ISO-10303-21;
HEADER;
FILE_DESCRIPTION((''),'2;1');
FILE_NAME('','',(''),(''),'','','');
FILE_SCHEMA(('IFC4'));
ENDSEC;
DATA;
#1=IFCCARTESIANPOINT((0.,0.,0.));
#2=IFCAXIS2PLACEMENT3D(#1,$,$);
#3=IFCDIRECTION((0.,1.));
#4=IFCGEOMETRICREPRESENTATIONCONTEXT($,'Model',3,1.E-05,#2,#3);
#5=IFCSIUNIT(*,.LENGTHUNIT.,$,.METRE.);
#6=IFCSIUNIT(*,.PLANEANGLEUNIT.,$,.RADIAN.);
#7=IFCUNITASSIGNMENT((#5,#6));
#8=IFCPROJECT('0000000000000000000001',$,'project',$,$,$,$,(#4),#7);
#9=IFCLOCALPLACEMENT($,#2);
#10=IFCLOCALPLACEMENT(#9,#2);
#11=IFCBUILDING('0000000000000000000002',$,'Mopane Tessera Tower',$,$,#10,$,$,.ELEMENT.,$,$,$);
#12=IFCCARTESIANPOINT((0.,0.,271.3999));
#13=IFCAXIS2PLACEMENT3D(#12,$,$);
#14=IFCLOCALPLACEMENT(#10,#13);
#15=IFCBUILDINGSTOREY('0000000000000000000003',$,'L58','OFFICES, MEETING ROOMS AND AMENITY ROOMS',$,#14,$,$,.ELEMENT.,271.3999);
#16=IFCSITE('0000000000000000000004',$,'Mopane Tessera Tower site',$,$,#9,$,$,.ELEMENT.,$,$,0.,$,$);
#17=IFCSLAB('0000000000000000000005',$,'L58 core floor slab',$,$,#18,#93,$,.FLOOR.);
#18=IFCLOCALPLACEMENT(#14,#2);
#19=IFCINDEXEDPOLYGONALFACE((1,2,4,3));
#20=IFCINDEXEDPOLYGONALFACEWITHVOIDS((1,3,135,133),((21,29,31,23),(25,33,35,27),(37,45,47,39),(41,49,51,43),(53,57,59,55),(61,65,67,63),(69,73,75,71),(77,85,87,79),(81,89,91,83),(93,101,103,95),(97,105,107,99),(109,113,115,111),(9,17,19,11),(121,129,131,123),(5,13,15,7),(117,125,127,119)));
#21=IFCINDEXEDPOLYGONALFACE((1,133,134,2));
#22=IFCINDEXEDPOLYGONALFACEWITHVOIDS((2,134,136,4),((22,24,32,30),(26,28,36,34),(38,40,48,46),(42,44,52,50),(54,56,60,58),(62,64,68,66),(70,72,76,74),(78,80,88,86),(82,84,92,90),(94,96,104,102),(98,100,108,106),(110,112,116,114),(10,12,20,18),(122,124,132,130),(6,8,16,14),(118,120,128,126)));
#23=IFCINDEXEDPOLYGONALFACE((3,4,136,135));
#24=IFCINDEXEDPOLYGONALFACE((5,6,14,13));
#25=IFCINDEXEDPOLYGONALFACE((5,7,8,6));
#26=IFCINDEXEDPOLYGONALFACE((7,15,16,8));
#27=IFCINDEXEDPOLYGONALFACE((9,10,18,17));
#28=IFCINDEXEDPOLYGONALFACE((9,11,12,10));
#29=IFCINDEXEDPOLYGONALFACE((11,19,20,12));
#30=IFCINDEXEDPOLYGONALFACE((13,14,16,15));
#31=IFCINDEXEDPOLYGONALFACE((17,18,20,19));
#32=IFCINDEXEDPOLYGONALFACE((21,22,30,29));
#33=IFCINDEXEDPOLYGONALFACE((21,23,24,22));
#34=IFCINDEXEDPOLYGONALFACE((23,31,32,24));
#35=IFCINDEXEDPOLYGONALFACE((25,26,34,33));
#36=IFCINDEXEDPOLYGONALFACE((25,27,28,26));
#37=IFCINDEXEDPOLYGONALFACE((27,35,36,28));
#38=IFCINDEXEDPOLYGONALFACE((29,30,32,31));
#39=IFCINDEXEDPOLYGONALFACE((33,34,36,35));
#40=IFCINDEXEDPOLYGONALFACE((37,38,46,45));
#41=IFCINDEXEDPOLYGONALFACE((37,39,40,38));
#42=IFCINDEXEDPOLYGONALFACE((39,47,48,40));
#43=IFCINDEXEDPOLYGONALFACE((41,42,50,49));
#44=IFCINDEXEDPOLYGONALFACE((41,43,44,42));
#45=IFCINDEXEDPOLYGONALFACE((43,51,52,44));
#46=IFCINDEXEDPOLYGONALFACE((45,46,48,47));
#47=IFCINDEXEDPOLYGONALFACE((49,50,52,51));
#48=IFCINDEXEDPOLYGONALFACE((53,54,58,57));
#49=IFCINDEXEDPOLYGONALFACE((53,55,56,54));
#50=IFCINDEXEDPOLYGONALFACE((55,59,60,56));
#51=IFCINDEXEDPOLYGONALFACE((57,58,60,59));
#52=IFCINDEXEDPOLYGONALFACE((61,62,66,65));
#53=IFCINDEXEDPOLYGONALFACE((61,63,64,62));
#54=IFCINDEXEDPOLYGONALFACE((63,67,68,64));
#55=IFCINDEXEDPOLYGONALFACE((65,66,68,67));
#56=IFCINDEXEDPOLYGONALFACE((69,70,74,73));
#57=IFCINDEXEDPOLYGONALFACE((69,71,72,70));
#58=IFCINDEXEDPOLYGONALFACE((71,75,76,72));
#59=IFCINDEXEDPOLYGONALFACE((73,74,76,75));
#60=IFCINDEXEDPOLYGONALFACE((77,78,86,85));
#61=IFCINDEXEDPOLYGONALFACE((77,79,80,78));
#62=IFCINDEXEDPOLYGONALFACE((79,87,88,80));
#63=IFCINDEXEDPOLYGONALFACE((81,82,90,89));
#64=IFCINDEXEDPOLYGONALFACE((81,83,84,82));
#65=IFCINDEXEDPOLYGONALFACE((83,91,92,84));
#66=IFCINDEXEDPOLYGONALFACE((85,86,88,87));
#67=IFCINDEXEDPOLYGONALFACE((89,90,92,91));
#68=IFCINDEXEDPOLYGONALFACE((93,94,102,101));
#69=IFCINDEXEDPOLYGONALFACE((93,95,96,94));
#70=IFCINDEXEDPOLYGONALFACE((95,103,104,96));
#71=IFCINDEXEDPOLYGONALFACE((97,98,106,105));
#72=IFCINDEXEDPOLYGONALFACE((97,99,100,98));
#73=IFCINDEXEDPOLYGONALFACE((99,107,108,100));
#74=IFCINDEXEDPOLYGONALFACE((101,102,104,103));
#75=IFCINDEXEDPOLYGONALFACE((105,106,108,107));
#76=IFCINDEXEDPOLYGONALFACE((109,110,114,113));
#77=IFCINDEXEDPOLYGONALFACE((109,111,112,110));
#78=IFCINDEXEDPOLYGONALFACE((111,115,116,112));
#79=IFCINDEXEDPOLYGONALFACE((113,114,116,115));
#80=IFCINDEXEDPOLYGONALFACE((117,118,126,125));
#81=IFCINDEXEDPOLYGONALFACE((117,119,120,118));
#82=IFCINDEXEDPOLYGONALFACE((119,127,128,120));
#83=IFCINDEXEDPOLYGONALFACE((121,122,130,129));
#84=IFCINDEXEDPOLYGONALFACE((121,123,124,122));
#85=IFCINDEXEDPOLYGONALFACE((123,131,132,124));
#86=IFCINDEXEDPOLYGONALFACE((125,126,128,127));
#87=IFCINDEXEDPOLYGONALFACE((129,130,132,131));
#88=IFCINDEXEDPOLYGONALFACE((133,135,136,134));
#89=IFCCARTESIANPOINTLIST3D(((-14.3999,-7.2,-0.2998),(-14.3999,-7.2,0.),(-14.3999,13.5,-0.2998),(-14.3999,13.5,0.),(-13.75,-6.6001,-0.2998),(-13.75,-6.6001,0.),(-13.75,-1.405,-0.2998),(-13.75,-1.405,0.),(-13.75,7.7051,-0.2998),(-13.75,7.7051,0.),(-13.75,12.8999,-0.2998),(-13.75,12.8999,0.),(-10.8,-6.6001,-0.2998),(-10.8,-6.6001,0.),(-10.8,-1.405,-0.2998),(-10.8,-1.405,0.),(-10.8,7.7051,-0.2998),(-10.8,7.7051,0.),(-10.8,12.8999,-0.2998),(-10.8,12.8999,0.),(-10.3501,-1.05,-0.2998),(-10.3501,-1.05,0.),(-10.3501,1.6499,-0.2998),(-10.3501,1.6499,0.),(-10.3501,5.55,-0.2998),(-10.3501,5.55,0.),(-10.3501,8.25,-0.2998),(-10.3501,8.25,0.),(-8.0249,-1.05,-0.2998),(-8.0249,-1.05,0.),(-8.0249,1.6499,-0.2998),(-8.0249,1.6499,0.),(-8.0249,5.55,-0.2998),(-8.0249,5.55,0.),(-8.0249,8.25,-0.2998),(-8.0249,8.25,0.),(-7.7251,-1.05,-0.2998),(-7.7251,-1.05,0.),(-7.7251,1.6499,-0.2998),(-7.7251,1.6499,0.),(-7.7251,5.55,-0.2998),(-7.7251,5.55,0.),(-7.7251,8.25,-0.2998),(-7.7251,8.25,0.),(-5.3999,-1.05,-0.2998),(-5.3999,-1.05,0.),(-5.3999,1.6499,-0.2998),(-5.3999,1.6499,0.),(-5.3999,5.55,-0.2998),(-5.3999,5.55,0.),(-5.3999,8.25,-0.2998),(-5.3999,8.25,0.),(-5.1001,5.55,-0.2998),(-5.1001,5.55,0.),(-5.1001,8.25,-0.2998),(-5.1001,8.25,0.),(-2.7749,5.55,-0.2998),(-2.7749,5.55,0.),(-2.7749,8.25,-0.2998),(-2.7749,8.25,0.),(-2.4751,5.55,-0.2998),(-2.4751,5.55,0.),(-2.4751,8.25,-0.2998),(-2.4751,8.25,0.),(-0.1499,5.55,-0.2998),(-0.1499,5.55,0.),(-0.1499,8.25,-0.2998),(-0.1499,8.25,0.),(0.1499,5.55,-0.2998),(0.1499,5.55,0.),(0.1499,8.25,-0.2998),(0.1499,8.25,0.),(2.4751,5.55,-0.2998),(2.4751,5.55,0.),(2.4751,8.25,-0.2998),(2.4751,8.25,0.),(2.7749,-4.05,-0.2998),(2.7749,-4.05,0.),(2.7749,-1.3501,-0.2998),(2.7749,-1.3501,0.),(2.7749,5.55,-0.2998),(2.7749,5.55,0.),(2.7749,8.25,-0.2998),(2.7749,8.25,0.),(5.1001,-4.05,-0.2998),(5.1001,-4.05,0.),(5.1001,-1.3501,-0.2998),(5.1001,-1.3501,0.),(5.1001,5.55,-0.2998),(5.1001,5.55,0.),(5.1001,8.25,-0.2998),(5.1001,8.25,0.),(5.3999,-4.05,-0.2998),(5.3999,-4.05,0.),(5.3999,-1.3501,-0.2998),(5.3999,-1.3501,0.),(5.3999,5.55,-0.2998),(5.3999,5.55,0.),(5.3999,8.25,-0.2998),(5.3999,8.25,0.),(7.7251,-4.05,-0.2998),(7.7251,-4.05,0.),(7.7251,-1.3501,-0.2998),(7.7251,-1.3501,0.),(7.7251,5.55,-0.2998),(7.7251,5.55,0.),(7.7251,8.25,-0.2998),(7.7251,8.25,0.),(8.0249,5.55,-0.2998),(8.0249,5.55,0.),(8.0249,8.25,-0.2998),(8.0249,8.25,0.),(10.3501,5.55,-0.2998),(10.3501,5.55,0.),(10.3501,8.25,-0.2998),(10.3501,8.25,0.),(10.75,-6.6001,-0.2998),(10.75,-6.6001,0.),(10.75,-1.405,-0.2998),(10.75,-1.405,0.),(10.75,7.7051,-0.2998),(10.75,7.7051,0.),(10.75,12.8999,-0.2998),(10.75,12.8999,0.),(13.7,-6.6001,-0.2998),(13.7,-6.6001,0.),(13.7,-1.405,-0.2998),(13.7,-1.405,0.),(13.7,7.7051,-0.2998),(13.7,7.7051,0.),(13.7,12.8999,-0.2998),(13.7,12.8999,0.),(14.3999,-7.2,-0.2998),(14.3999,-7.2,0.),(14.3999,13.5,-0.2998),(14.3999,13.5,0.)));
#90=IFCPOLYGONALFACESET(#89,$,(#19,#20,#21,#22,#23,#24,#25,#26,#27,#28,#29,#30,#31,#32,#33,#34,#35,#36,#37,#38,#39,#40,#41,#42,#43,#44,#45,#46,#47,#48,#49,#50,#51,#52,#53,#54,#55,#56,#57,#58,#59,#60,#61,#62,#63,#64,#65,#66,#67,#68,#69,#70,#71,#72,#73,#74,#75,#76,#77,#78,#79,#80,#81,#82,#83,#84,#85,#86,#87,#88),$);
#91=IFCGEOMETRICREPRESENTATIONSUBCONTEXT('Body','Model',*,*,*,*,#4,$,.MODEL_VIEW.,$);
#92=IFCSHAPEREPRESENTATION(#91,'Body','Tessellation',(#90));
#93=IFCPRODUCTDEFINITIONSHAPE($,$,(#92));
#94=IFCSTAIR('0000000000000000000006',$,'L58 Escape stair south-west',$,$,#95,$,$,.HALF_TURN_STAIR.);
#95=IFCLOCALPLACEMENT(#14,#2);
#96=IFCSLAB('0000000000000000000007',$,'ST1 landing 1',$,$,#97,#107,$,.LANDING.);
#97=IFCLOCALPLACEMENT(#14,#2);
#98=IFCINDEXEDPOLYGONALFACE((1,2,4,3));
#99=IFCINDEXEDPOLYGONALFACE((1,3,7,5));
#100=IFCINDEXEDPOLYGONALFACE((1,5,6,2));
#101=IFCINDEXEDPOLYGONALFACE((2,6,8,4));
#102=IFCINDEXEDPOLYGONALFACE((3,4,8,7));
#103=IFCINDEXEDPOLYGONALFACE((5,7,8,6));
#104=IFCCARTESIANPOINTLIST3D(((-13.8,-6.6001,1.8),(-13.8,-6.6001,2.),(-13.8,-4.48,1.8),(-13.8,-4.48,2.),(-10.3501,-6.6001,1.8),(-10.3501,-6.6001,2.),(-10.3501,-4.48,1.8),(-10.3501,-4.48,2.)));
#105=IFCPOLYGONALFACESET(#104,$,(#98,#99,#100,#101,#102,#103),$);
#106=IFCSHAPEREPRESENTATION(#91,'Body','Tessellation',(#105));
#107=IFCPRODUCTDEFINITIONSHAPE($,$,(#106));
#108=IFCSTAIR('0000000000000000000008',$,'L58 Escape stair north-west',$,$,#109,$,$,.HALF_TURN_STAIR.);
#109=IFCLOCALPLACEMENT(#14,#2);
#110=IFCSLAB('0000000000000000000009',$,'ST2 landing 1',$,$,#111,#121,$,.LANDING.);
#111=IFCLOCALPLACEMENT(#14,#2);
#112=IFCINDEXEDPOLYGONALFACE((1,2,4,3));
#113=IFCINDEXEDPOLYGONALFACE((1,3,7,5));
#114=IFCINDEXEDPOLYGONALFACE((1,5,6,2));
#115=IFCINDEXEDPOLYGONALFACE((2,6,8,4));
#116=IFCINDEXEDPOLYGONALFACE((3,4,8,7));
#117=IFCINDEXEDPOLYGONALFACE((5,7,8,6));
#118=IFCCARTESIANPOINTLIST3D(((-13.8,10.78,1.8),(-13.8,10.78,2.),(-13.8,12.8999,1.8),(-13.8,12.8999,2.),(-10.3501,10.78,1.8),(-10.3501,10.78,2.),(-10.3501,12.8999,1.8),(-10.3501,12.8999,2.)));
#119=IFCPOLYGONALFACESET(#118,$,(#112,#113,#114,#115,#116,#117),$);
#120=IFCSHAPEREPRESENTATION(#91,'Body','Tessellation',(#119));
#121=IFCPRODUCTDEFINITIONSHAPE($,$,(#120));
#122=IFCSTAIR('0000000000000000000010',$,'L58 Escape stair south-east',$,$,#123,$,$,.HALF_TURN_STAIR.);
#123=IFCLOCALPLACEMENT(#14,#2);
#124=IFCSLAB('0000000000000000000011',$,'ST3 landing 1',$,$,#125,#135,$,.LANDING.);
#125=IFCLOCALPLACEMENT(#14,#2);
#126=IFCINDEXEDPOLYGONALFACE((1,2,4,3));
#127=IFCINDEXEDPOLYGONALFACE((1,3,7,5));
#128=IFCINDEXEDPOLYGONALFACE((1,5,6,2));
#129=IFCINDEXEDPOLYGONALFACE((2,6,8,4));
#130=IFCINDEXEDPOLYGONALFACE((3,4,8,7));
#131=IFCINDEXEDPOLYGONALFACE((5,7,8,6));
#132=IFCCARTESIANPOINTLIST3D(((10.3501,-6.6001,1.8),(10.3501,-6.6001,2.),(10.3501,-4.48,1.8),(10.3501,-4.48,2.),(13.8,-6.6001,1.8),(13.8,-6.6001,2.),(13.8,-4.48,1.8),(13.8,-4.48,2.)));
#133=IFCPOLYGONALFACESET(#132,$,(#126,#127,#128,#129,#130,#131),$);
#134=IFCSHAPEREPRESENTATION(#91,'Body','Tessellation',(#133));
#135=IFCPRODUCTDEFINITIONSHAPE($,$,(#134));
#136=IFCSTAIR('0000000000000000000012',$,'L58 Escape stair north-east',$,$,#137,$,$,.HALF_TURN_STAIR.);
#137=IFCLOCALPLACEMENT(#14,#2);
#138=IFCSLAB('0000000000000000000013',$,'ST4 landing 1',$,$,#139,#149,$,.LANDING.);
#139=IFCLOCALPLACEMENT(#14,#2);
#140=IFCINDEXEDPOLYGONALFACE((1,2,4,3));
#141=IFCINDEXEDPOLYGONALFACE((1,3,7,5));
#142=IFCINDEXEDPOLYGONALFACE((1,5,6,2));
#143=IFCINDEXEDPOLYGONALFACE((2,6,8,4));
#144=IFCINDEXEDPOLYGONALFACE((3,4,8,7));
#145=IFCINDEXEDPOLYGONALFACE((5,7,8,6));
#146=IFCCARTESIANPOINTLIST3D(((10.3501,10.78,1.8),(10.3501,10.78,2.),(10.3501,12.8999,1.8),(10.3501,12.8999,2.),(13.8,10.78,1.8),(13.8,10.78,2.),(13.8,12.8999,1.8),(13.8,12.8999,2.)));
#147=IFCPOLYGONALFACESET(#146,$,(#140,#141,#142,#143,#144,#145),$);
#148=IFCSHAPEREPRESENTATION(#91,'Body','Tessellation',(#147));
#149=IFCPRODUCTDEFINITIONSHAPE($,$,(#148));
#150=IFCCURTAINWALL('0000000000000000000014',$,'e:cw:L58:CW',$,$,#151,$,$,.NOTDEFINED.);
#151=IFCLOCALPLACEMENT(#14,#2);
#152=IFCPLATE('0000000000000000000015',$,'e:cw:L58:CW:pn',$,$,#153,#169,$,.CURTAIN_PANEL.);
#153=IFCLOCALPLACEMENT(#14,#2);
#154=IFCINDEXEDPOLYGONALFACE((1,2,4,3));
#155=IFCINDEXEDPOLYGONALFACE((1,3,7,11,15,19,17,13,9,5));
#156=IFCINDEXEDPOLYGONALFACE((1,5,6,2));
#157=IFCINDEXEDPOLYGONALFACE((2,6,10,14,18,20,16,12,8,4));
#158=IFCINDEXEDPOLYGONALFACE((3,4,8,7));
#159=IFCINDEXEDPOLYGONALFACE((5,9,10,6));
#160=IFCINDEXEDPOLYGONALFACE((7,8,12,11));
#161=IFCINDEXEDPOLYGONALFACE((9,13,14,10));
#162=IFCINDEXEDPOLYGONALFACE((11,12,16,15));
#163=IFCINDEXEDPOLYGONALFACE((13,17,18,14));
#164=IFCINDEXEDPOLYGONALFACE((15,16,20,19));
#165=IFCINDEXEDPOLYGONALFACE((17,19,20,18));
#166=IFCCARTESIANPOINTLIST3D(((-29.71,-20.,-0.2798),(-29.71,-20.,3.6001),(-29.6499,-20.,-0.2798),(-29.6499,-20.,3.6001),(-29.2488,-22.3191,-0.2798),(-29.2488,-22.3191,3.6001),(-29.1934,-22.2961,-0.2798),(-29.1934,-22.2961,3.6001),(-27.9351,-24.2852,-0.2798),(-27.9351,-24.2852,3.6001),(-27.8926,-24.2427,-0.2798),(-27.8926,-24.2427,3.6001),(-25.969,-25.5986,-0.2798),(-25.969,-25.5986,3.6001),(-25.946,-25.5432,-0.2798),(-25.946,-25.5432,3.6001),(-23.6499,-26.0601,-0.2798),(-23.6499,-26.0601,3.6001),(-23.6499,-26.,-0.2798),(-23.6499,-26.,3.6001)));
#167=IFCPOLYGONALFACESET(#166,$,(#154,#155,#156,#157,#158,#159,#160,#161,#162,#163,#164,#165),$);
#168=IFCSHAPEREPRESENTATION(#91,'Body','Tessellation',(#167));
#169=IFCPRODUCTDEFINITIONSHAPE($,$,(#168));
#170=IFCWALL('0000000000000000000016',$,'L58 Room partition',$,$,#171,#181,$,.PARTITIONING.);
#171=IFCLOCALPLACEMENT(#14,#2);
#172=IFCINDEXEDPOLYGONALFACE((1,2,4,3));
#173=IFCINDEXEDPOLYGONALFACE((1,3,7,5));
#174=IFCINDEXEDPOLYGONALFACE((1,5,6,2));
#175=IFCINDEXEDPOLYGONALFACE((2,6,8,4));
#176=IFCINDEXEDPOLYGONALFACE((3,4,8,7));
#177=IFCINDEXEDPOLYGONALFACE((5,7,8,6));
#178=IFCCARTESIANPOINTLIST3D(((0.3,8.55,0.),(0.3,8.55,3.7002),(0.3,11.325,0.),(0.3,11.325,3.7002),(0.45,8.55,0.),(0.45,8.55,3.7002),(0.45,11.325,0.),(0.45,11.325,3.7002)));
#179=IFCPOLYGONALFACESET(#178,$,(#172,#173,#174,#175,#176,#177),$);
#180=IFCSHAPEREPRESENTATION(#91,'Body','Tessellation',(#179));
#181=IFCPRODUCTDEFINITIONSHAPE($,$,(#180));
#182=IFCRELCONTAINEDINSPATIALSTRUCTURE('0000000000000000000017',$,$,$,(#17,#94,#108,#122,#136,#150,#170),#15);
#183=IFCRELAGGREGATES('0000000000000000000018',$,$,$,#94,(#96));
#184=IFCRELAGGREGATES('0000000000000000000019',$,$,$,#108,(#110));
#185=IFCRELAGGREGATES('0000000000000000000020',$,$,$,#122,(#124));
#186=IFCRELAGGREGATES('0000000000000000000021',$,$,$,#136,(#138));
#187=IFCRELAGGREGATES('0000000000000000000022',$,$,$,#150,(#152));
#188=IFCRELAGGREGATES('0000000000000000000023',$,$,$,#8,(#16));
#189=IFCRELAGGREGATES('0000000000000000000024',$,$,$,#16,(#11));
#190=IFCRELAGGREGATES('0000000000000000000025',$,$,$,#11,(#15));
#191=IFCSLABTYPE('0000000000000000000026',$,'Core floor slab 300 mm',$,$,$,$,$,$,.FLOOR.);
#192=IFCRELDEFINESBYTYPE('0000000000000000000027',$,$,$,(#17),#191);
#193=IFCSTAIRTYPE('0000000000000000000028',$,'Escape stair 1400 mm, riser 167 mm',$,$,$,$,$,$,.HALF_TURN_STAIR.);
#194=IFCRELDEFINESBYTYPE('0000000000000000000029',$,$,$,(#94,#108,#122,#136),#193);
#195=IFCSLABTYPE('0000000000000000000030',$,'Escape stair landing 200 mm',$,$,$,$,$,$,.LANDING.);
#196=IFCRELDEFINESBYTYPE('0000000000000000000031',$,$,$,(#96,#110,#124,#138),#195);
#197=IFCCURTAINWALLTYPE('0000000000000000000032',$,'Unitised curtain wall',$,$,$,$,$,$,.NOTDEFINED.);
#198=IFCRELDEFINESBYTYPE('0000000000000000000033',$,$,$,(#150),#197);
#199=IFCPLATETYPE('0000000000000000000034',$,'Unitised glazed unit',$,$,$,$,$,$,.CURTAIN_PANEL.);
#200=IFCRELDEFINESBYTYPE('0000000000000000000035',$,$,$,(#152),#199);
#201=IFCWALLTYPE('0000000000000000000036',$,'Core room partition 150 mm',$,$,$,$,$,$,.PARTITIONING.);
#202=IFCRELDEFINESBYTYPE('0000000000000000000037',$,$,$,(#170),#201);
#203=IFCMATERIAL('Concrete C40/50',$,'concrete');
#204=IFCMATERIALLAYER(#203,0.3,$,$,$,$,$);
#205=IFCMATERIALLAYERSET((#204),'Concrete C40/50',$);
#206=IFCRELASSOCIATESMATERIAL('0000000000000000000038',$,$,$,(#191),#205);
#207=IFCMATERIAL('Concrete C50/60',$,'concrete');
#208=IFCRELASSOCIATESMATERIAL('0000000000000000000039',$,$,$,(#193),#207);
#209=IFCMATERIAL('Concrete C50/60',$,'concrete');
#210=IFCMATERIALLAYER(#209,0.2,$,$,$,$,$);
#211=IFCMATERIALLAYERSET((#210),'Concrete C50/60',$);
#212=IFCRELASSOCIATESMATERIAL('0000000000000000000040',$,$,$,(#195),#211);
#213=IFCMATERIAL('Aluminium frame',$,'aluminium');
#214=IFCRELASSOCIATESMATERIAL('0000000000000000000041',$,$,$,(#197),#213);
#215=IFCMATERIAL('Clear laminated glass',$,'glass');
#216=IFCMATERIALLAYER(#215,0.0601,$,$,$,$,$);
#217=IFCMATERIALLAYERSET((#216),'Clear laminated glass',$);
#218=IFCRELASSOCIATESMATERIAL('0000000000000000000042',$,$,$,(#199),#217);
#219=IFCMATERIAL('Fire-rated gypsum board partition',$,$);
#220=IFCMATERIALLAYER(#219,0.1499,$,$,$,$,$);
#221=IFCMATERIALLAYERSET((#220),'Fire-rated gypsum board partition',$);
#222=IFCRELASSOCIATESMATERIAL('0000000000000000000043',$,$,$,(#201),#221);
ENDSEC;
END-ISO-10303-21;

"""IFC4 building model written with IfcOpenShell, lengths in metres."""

from ifc_helpers import new_model, si_unit, direction, frame, frame_2d, origin, place, context, subcontext, project, spatial, polyline, rectangle, outline, extrude, material, layer, layer_set, type_object, element, aggregate, save


model = new_model("IFC4")

# Units and contexts
model_context = context("Model", 3, precision=1e-05, world=origin(), true_north=direction((0.0, 1.0)))
body_context = subcontext(model_context, "Body", "Model", "MODEL_VIEW")
ifc_project = project(units=[si_unit("LENGTHUNIT", "METRE"), si_unit("PLANEANGLEUNIT", "RADIAN")], contexts=[model_context])

# Site, building, storey
site_placement = place(None, origin())
site = spatial("IfcSite", under=ifc_project, at=site_placement, Name="Mopane Tessera Tower site", CompositionType="ELEMENT", RefElevation=0.0)
building_placement = place(site_placement, origin())
building = spatial("IfcBuilding", under=site, at=building_placement, Name="Mopane Tessera Tower", CompositionType="ELEMENT")
storey_placement = place(building_placement, frame((0.0, 0.0, 271.3999)))
storey = spatial("IfcBuildingStorey", under=building, at=storey_placement, Name="L58", Description="OFFICES, MEETING ROOMS AND AMENITY ROOMS", CompositionType="ELEMENT", Elevation=271.3999)

# Slab
ifc_material_1 = material(Name="Concrete C40/50", Category="concrete")
ifc_layer_1 = layer(ifc_material_1, 0.3)
ifc_layer_set_1 = layer_set([ifc_layer_1], Name="Concrete C40/50")
slab_type_1 = type_object("IfcSlabType", Name="Core floor slab 300 mm", PredefinedType="FLOOR", material=ifc_layer_set_1)
slab_1_placement = place(storey_placement, frame((0.0, 0.0, -0.2998)))
element("IfcSlab", 1, at=slab_1_placement, inside=storey, type_object=slab_type_1, Name="L58 core floor slab", PredefinedType="FLOOR", context=body_context, shape_type="SweptSolid", body=[
    extrude(outline(polyline([(-14.3999, -7.2), (14.3999, -7.2), (14.3999, 13.5), (-14.3999, 13.5), (-14.3999, -7.2)]), holes=[polyline([(-10.3501, -1.05), (-8.0249, -1.05), (-8.0249, 1.6499), (-10.3501, 1.6499), (-10.3501, -1.05)]), polyline([(-7.7251, -1.05), (-5.3999, -1.05), (-5.3999, 1.6499), (-7.7251, 1.6499), (-7.7251, -1.05)]), polyline([(-10.3501, 5.55), (-8.0249, 5.55), (-8.0249, 8.25), (-10.3501, 8.25), (-10.3501, 5.55)]), polyline([(-7.7251, 5.55), (-5.3999, 5.55), (-5.3999, 8.25), (-7.7251, 8.25), (-7.7251, 5.55)]), polyline([(-5.1001, 5.55), (-2.7749, 5.55), (-2.7749, 8.25), (-5.1001, 8.25), (-5.1001, 5.55)]), polyline([(-2.4751, 5.55), (-0.1499, 5.55), (-0.1499, 8.25), (-2.4751, 8.25), (-2.4751, 5.55)]), polyline([(0.1499, 5.55), (2.4751, 5.55), (2.4751, 8.25), (0.1499, 8.25), (0.1499, 5.55)]), polyline([(2.7749, 5.55), (5.1001, 5.55), (5.1001, 8.25), (2.7749, 8.25), (2.7749, 5.55)]), polyline([(5.3999, 5.55), (7.7251, 5.55), (7.7251, 8.25), (5.3999, 8.25), (5.3999, 5.55)]), polyline([(8.0249, 5.55), (10.3501, 5.55), (10.3501, 8.25), (8.0249, 8.25), (8.0249, 5.55)]), polyline([(2.7749, -4.05), (5.1001, -4.05), (5.1001, -1.3501), (2.7749, -1.3501), (2.7749, -4.05)]), polyline([(5.3999, -4.05), (7.7251, -4.05), (7.7251, -1.3501), (5.3999, -1.3501), (5.3999, -4.05)]), polyline([(-13.75, -1.405), (-13.75, -6.6001), (-10.8, -6.6001), (-10.8, -1.405), (-13.75, -1.405)]), polyline([(-10.8, 7.7051), (-10.8, 12.8999), (-13.75, 12.8999), (-13.75, 7.7051), (-10.8, 7.7051)]), polyline([(10.75, -1.405), (10.75, -6.6001), (13.7, -6.6001), (13.7, -1.405), (10.75, -1.405)]), polyline([(13.7, 7.7051), (13.7, 12.8999), (10.75, 12.8999), (10.75, 7.7051), (13.7, 7.7051)])]), origin(), (0.0, 0.0, 1.0), 0.2998),
])

# Stairs, slabs
ifc_material_2 = material(Name="Concrete C50/60", Category="concrete")
stair_type = type_object("IfcStairType", Name="Escape stair 1400 mm, riser 167 mm", PredefinedType="HALF_TURN_STAIR", material=ifc_material_2)
stair_1_placement = place(storey_placement, origin())
stair_1 = element("IfcStair", 2, at=stair_1_placement, inside=storey, type_object=stair_type, Name="L58 Escape stair south-west", PredefinedType="HALF_TURN_STAIR")
ifc_material_3 = material(Name="Concrete C50/60", Category="concrete")
ifc_layer_2 = layer(ifc_material_3, 0.2)
ifc_layer_set_2 = layer_set([ifc_layer_2], Name="Concrete C50/60")
slab_type_2 = type_object("IfcSlabType", Name="Escape stair landing 200 mm", PredefinedType="LANDING", material=ifc_layer_set_2)
slab_2_placement = place(storey_placement, frame((0.0, 0.0, 1.8)))
slab_2 = element("IfcSlab", 3, at=slab_2_placement, type_object=slab_type_2, Name="ST1 landing 1", PredefinedType="LANDING", context=body_context, shape_type="SweptSolid", body=[
    extrude(outline(polyline([(-13.8, -4.48), (-13.8, -6.6001), (-10.3501, -6.6001), (-10.3501, -4.48), (-13.8, -4.48)])), origin(), (0.0, 0.0, 1.0), 0.2),
])
aggregate(stair_1, [slab_2])
stair_2_placement = place(storey_placement, origin())
stair_2 = element("IfcStair", 4, at=stair_2_placement, inside=storey, type_object=stair_type, Name="L58 Escape stair north-west", PredefinedType="HALF_TURN_STAIR")
slab_3_placement = place(storey_placement, frame((0.0, 0.0, 1.8)))
slab_3 = element("IfcSlab", 5, at=slab_3_placement, type_object=slab_type_2, Name="ST2 landing 1", PredefinedType="LANDING", context=body_context, shape_type="SweptSolid", body=[
    extrude(outline(polyline([(-10.3501, 10.78), (-10.3501, 12.8999), (-13.8, 12.8999), (-13.8, 10.78), (-10.3501, 10.78)])), origin(), (0.0, 0.0, 1.0), 0.2),
])
aggregate(stair_2, [slab_3])
stair_3_placement = place(storey_placement, origin())
stair_3 = element("IfcStair", 6, at=stair_3_placement, inside=storey, type_object=stair_type, Name="L58 Escape stair south-east", PredefinedType="HALF_TURN_STAIR")
slab_4_placement = place(storey_placement, frame((0.0, 0.0, 1.8)))
slab_4 = element("IfcSlab", 7, at=slab_4_placement, type_object=slab_type_2, Name="ST3 landing 1", PredefinedType="LANDING", context=body_context, shape_type="SweptSolid", body=[
    extrude(outline(polyline([(10.3501, -4.48), (10.3501, -6.6001), (13.8, -6.6001), (13.8, -4.48), (10.3501, -4.48)])), origin(), (0.0, 0.0, 1.0), 0.2),
])
aggregate(stair_3, [slab_4])
stair_4_placement = place(storey_placement, origin())
stair_4 = element("IfcStair", 8, at=stair_4_placement, inside=storey, type_object=stair_type, Name="L58 Escape stair north-east", PredefinedType="HALF_TURN_STAIR")
slab_5_placement = place(storey_placement, frame((0.0, 0.0, 1.8)))
slab_5 = element("IfcSlab", 9, at=slab_5_placement, type_object=slab_type_2, Name="ST4 landing 1", PredefinedType="LANDING", context=body_context, shape_type="SweptSolid", body=[
    extrude(outline(polyline([(13.8, 10.78), (13.8, 12.8999), (10.3501, 12.8999), (10.3501, 10.78), (13.8, 10.78)])), origin(), (0.0, 0.0, 1.0), 0.2),
])
aggregate(stair_4, [slab_5])

# Curtain wall, plate
ifc_material_4 = material(Name="Aluminium frame", Category="aluminium")
curtain_wall_type = type_object("IfcCurtainWallType", Name="Unitised curtain wall", PredefinedType="NOTDEFINED", material=ifc_material_4)
curtain_wall_placement = place(storey_placement, origin())
curtain_wall = element("IfcCurtainWall", 10, at=curtain_wall_placement, inside=storey, type_object=curtain_wall_type, Name="e:cw:L58:CW", PredefinedType="NOTDEFINED")
ifc_material_5 = material(Name="Clear laminated glass", Category="glass")
ifc_layer_3 = layer(ifc_material_5, 0.0601)
ifc_layer_set_3 = layer_set([ifc_layer_3], Name="Clear laminated glass")
plate_type = type_object("IfcPlateType", Name="Unitised glazed unit", PredefinedType="CURTAIN_PANEL", material=ifc_layer_set_3)
plate_placement = place(storey_placement, frame((0.0, 0.0, -0.2798)))
plate = element("IfcPlate", 11, at=plate_placement, type_object=plate_type, Name="e:cw:L58:CW:pn", PredefinedType="CURTAIN_PANEL", context=body_context, shape_type="SweptSolid", body=[
    extrude(outline(polyline([(-29.6499, -20.0), (-29.1934, -22.2961), (-27.8926, -24.2427), (-25.946, -25.5432), (-23.6499, -26.0), (-23.6499, -26.0601), (-25.969, -25.5986), (-27.9351, -24.2852), (-29.2488, -22.3191), (-29.71, -20.0), (-29.6499, -20.0)])), origin(), (0.0, 0.0, 1.0), 3.8799),
])
aggregate(curtain_wall, [plate])

# Wall
ifc_material_6 = material(Name="Fire-rated gypsum board partition")
ifc_layer_4 = layer(ifc_material_6, 0.1499)
ifc_layer_set_4 = layer_set([ifc_layer_4], Name="Fire-rated gypsum board partition")
wall_type_1 = type_object("IfcWallType", Name="Core room partition 150 mm", PredefinedType="PARTITIONING", material=ifc_layer_set_4)
wall_1_placement = place(storey_placement, frame((0.375, 8.55, 0.0), z_axis=(0.0, 0.0, 1.0), x_axis=(0.0, 1.0, 0.0)))
element("IfcWall", 12, at=wall_1_placement, inside=storey, type_object=wall_type_1, Name="L58 Room partition", PredefinedType="PARTITIONING", context=body_context, shape_type="SweptSolid", body=[
    extrude(rectangle(XDim=2.7749, YDim=0.1499, at=frame_2d((1.3875, 0.0))), origin(), (0.0, 0.0, 1.0), 3.7002),
])

save(model, "model.ifc")
